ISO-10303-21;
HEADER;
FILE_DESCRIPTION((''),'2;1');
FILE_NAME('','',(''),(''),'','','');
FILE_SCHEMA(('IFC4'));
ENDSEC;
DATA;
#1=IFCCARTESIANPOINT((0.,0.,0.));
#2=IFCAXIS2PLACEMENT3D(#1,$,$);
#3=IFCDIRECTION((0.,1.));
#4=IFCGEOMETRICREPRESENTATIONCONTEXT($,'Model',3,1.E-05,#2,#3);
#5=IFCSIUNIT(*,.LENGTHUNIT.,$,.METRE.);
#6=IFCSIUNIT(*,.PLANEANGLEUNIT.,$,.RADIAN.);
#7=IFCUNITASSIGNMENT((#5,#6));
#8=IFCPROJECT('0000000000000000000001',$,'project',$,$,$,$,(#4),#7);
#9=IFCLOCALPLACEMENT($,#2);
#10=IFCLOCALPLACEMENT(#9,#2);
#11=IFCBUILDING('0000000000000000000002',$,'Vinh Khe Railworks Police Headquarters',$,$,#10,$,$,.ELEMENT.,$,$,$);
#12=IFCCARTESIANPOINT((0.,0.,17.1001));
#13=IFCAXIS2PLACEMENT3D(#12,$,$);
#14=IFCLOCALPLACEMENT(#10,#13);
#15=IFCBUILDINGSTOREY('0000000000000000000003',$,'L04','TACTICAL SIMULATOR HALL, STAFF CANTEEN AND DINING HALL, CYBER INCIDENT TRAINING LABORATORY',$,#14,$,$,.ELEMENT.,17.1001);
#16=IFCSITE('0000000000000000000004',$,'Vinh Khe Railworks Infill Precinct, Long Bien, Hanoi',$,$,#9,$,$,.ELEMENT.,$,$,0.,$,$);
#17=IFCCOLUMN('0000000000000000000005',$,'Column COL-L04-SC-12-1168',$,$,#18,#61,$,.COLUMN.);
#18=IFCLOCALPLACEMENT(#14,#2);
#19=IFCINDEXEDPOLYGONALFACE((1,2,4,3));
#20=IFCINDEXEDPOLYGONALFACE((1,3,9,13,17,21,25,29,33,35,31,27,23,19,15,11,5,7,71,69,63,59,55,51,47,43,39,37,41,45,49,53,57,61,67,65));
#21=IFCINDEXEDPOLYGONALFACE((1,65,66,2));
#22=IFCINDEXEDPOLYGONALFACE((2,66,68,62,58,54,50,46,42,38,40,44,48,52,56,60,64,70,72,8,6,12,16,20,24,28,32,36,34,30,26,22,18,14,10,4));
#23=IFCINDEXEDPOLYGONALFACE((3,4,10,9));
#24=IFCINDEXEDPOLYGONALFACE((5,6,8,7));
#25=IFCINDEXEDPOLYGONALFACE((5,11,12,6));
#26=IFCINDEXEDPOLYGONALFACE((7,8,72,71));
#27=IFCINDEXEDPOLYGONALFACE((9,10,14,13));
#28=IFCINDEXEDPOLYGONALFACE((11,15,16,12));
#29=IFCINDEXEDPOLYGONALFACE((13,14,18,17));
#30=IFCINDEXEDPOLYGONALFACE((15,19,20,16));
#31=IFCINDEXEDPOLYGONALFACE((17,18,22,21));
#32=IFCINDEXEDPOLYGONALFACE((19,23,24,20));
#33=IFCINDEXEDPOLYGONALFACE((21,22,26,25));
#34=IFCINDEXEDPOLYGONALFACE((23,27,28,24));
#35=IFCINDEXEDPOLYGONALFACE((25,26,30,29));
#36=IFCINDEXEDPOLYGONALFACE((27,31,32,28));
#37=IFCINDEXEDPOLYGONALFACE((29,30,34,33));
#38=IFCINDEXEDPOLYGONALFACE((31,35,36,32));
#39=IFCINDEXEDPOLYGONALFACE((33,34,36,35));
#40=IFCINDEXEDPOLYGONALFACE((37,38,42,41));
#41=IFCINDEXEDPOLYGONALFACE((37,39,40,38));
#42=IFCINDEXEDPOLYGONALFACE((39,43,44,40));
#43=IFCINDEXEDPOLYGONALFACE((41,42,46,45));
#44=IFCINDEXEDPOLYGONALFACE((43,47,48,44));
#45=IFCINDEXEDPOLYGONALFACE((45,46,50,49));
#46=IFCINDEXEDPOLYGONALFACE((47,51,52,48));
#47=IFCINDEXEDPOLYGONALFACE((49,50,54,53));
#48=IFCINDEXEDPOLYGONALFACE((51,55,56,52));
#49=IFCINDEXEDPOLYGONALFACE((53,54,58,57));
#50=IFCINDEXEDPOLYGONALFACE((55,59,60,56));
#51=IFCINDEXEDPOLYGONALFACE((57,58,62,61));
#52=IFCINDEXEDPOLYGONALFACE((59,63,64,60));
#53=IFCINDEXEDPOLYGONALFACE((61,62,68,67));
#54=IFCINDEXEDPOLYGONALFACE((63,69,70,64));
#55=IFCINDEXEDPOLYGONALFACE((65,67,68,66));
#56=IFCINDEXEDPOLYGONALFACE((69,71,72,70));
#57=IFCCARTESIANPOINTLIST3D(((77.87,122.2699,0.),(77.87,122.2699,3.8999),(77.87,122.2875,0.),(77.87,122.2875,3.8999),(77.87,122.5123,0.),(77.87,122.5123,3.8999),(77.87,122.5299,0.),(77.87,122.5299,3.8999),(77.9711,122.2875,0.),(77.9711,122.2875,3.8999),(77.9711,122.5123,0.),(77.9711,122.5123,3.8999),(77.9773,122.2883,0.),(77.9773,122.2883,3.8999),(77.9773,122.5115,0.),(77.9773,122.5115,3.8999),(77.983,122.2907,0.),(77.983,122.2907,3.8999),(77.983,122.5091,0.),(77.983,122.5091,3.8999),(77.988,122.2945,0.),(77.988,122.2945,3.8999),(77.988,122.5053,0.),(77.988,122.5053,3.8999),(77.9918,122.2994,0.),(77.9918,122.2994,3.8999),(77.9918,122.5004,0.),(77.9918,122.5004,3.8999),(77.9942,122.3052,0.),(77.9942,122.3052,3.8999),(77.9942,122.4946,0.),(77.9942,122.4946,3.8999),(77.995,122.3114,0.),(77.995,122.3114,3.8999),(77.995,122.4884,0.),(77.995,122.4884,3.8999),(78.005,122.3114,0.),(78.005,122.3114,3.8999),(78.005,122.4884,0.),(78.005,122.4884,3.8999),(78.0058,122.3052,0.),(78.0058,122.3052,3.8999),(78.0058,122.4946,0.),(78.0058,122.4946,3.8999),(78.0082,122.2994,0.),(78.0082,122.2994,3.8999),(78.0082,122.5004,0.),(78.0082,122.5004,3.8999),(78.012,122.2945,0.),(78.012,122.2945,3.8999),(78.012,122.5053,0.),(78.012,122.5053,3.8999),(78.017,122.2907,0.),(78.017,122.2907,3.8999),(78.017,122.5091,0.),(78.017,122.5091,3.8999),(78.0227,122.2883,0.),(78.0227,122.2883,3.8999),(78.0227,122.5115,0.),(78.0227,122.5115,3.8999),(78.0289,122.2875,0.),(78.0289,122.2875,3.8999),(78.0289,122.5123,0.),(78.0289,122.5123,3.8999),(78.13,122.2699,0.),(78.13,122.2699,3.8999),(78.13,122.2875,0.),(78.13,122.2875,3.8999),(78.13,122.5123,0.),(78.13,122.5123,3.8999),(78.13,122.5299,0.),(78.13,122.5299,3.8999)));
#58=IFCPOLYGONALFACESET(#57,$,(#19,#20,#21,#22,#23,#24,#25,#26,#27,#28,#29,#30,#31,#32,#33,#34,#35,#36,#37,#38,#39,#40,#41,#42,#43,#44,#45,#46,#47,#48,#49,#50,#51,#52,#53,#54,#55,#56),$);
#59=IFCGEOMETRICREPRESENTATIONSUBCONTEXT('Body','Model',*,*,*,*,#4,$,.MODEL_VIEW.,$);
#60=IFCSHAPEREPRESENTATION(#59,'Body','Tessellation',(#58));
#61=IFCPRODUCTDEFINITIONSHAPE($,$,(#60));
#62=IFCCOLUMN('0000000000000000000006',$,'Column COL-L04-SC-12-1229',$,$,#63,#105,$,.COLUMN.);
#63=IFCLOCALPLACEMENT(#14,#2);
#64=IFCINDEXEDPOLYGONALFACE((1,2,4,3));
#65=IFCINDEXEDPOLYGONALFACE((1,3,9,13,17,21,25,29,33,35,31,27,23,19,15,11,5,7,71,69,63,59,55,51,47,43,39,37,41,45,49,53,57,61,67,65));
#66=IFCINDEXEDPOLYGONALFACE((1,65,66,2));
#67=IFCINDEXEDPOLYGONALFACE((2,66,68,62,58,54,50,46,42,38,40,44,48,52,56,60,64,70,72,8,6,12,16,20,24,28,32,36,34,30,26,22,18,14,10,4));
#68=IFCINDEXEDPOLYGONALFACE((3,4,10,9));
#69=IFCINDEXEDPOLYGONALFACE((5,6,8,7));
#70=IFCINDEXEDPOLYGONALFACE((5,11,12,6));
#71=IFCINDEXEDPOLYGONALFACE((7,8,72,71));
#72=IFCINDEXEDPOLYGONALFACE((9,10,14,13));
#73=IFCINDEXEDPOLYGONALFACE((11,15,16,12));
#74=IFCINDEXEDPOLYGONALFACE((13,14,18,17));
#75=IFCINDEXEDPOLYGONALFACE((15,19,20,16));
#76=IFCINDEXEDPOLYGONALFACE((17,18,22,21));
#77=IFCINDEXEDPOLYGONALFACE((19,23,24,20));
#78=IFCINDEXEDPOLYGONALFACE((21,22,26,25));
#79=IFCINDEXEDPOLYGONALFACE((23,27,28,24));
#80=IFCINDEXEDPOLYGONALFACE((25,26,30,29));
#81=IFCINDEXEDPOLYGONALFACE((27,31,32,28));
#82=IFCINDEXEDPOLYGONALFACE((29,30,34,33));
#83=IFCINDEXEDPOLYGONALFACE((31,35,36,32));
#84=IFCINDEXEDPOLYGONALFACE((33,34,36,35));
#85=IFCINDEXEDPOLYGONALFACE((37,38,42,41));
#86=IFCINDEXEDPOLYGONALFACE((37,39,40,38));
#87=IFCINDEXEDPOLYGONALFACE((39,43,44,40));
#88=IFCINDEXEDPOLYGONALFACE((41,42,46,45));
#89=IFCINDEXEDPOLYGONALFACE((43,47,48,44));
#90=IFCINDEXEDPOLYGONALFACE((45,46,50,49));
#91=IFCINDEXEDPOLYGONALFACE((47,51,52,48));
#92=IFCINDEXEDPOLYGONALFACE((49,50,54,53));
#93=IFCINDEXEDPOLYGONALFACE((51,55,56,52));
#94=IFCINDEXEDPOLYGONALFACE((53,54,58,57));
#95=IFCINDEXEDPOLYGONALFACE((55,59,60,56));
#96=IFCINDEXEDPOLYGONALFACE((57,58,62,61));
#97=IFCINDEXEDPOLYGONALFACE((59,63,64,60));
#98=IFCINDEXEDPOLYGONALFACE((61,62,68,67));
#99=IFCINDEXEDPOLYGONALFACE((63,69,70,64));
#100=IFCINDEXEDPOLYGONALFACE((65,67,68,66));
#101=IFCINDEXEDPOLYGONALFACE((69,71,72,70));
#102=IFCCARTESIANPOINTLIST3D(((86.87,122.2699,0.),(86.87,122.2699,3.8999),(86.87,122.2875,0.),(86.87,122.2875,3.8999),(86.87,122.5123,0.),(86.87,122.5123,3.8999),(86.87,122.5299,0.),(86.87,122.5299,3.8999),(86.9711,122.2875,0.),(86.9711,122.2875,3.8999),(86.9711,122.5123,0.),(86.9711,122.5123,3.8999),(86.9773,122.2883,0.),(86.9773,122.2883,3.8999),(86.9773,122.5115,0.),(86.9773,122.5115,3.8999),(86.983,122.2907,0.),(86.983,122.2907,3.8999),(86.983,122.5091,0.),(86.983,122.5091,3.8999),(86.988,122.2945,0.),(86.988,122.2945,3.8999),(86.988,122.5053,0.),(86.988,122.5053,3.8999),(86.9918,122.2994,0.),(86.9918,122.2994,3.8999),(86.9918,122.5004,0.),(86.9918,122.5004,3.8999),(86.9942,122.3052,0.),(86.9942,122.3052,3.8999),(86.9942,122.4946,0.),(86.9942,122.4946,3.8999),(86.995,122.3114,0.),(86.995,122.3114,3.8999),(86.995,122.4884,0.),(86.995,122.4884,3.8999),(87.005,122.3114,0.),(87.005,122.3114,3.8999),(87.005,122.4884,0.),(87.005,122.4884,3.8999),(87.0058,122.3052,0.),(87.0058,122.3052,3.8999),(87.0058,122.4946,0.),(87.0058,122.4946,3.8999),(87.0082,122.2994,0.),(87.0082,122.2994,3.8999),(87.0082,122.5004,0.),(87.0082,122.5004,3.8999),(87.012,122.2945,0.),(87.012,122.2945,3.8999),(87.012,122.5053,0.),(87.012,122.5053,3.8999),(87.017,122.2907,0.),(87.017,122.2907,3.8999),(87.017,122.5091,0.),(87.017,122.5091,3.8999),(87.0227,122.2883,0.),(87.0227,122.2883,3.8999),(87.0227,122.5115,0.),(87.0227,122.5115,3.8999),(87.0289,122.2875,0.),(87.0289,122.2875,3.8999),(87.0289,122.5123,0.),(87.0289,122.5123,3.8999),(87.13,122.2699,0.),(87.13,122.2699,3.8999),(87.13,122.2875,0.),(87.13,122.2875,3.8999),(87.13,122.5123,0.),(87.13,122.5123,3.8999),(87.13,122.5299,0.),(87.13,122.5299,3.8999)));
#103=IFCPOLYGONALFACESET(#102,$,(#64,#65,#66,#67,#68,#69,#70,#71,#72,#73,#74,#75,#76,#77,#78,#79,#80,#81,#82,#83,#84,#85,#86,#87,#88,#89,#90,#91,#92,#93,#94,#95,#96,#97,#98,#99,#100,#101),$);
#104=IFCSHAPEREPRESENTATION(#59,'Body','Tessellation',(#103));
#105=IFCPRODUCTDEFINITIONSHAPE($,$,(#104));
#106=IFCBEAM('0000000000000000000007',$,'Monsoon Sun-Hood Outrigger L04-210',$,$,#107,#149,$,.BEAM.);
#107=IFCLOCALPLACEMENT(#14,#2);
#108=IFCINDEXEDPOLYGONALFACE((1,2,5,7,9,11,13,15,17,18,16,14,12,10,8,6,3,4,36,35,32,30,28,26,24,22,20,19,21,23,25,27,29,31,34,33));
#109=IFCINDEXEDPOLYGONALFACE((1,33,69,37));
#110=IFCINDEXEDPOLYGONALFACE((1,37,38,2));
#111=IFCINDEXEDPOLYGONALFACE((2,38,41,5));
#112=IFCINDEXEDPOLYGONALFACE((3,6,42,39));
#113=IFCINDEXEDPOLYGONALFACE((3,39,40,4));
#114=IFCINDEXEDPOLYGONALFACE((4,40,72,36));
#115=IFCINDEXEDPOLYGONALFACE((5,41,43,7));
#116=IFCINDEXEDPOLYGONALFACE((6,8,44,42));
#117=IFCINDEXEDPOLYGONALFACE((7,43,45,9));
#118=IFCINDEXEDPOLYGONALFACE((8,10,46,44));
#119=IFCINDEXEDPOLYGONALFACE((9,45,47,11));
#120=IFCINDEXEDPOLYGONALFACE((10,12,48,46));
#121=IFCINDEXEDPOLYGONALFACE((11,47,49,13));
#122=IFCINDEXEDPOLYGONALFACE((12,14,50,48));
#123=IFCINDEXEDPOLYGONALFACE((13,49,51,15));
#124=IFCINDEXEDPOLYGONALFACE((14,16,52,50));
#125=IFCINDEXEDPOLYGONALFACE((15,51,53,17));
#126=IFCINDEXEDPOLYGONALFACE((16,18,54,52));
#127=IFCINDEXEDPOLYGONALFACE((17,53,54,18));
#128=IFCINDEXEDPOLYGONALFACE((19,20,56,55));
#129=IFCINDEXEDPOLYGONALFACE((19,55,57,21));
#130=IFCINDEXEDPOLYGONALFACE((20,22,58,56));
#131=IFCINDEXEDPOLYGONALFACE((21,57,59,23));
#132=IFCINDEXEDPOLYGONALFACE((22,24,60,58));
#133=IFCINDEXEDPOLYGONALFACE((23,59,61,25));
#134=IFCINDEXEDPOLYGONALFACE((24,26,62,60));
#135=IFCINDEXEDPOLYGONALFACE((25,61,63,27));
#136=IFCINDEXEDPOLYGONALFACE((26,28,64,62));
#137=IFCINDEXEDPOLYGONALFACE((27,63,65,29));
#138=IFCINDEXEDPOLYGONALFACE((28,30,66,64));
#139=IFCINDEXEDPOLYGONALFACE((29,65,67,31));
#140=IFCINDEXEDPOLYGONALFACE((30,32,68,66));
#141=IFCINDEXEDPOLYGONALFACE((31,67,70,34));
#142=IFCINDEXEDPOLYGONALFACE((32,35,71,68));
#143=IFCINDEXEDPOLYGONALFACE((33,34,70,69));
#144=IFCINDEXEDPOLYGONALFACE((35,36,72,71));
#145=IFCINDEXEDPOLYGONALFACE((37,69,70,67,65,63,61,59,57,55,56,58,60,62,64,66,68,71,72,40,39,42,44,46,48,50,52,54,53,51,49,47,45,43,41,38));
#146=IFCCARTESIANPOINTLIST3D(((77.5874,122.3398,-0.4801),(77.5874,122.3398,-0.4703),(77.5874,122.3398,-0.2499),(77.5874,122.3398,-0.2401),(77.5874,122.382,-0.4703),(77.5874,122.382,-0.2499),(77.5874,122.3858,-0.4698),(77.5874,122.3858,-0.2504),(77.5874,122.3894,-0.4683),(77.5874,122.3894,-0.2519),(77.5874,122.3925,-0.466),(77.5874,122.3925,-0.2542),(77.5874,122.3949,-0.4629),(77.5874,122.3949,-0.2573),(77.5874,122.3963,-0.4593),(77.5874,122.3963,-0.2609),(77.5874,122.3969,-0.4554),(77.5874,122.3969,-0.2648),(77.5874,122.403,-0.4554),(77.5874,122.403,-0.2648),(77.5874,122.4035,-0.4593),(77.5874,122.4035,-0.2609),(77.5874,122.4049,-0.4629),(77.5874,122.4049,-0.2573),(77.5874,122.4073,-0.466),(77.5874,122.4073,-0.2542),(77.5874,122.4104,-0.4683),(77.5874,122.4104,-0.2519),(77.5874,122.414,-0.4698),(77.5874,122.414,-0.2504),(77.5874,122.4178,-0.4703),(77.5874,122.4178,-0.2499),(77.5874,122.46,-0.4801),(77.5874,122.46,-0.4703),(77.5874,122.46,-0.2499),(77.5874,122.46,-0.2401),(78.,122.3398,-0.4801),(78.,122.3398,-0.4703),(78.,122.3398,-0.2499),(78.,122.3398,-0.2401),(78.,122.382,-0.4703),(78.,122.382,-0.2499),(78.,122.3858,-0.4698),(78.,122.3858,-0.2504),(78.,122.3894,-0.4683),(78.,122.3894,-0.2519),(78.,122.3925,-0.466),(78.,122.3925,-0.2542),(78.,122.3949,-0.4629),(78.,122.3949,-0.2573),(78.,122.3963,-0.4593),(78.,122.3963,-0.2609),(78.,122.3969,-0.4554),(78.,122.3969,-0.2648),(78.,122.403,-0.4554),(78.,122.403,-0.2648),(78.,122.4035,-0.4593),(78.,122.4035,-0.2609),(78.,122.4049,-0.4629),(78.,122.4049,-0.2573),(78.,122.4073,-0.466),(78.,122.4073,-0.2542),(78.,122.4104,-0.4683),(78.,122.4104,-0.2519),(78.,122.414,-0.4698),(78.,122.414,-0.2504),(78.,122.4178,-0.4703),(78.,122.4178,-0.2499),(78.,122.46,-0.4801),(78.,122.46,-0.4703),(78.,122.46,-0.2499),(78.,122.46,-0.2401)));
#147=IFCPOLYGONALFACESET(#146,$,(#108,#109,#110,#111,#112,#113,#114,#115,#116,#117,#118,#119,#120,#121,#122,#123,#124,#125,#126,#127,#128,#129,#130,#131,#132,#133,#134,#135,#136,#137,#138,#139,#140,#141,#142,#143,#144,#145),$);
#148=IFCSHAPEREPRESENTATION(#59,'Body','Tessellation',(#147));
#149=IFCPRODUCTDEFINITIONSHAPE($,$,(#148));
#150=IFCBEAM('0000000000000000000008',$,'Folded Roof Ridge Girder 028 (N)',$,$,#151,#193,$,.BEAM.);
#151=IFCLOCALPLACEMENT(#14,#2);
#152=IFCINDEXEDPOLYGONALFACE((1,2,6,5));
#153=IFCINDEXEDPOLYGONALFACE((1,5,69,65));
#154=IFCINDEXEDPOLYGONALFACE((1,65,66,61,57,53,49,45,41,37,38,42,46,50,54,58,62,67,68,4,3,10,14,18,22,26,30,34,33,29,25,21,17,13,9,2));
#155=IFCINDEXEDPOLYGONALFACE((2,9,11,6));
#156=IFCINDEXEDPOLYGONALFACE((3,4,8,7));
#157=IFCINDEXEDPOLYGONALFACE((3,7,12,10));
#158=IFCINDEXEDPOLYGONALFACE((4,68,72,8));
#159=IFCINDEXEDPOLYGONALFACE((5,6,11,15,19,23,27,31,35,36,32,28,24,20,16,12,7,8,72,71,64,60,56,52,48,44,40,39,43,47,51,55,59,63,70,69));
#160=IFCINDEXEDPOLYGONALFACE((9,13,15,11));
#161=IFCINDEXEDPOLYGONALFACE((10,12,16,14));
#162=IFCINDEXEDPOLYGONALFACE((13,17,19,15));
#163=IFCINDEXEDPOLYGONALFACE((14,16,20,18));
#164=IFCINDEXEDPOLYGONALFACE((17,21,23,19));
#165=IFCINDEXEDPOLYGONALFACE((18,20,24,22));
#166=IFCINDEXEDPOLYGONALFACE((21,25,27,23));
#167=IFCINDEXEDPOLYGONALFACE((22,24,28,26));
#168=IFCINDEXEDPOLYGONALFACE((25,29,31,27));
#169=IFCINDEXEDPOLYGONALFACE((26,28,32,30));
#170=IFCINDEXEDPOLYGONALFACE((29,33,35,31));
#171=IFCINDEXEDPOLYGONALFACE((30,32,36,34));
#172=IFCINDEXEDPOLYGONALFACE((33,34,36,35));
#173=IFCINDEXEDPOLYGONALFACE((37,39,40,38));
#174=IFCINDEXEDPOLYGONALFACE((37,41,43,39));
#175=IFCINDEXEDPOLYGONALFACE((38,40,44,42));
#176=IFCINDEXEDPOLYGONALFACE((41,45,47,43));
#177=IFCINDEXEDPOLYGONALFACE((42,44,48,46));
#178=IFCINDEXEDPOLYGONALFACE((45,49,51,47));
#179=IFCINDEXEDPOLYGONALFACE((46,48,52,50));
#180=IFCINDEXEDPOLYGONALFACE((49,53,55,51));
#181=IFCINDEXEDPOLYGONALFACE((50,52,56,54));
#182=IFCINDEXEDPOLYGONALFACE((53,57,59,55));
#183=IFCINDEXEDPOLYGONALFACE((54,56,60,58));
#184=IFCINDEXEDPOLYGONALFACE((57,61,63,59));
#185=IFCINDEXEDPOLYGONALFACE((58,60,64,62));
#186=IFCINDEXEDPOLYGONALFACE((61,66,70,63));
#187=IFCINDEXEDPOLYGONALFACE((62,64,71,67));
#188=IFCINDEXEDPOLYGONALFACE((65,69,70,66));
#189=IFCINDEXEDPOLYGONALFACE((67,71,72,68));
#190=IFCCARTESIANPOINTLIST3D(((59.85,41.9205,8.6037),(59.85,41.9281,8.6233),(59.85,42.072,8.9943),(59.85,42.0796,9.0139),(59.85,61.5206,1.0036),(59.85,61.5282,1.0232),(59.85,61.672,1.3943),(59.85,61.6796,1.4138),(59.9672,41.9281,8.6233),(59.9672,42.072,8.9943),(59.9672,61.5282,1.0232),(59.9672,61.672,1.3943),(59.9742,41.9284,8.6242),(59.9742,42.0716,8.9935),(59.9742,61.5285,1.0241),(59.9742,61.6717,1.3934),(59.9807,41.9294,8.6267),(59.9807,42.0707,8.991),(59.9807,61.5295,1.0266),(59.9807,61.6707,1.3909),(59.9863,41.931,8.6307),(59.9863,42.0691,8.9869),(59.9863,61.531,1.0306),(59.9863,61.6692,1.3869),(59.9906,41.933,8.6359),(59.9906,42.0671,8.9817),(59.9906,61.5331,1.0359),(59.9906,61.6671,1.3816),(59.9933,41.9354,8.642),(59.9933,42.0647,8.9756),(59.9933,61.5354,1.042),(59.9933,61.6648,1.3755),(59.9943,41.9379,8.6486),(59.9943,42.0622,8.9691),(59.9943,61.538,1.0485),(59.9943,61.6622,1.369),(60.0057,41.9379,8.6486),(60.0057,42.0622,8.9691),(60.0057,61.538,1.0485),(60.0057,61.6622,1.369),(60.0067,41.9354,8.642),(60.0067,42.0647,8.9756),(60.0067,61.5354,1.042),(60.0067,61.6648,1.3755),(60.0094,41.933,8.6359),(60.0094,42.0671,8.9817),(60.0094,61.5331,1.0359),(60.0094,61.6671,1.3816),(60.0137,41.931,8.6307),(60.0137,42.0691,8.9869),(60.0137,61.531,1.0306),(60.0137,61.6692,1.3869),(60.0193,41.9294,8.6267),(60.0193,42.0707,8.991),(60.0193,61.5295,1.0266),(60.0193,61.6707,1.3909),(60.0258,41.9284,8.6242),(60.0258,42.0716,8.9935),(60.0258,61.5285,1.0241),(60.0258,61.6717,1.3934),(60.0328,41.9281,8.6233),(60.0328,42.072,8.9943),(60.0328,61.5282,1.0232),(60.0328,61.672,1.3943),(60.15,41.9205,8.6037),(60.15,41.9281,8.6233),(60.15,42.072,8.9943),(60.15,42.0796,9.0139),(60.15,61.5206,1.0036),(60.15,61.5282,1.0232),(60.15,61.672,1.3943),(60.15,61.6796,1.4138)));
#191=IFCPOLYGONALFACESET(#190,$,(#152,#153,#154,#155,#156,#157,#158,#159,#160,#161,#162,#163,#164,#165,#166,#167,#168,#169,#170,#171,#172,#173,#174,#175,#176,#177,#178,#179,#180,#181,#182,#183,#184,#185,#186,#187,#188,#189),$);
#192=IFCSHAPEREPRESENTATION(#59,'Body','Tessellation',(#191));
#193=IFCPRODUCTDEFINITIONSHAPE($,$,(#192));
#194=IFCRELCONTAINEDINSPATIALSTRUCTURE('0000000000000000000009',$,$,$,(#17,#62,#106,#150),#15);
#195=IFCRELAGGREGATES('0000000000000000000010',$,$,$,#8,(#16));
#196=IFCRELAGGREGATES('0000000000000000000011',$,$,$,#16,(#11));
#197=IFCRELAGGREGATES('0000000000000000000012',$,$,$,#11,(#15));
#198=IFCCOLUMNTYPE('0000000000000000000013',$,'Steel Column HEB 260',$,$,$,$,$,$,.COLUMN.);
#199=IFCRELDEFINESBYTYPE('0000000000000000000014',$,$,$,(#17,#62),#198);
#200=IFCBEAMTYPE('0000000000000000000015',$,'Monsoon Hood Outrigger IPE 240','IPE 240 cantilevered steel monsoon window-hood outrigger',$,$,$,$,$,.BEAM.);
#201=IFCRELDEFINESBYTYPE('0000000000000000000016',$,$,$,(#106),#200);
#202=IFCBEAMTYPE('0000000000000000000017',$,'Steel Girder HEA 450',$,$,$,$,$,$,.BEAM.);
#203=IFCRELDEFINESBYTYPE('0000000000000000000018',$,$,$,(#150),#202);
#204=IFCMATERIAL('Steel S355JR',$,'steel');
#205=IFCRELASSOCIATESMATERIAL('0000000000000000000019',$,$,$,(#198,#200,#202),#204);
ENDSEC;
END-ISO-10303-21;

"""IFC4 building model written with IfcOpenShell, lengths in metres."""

from ifc_helpers import new_model, si_unit, direction, frame, origin, origin_2d, place, context, subcontext, project, spatial, i_section, extrude, material, material_profile, profile_set, type_object, element, save


model = new_model("IFC4")

# Units and contexts
model_context = context("Model", 3, precision=1e-05, world=origin(), true_north=direction((0.0, 1.0)))
body_context = subcontext(model_context, "Body", "Model", "MODEL_VIEW")
ifc_project = project(units=[si_unit("LENGTHUNIT", "METRE"), si_unit("PLANEANGLEUNIT", "RADIAN")], contexts=[model_context])

# Site, building, storey
site_placement = place(None, origin())
site = spatial("IfcSite", under=ifc_project, at=site_placement, Name="Vinh Khe Railworks Infill Precinct, Long Bien, Hanoi", CompositionType="ELEMENT", RefElevation=0.0)
building_placement = place(site_placement, origin())
building = spatial("IfcBuilding", under=site, at=building_placement, Name="Vinh Khe Railworks Police Headquarters", CompositionType="ELEMENT")
storey_placement = place(building_placement, frame((0.0, 0.0, 17.1001)))
storey = spatial("IfcBuildingStorey", under=building, at=storey_placement, Name="L04", Description="TACTICAL SIMULATOR HALL, STAFF CANTEEN AND DINING HALL, CYBER INCIDENT TRAINING LABORATORY", CompositionType="ELEMENT", Elevation=17.1001)

# Columns
ifc_material_1 = material(Name="Steel S355JR", Category="steel")
ifc_material_profile_1 = material_profile(ifc_material_1, i_section(OverallWidth=0.26, OverallDepth=0.26, WebThickness=0.01, FlangeThickness=0.0176, FilletRadius=0.0239, at=origin_2d()), Name="HEB 260")
ifc_profile_set_1 = profile_set([ifc_material_profile_1], Name="Steel S355JR")
column_type = type_object("IfcColumnType", Name="Steel Column HEB 260", PredefinedType="COLUMN", material=ifc_profile_set_1)
for number, where, z_axis, x_axis, name in (
    (1, (78.0, 122.3999, 0.0), (0.0, 0.0, 1.0), (1.0, 0.0, 0.0), "Column COL-L04-SC-12-1168"),
    (2, (87.0, 122.3999, 0.0), (0.0, 0.0, 1.0), (1.0, 0.0, 0.0), "Column COL-L04-SC-12-1229"),
):
    element("IfcColumn", number, at=place(storey_placement, frame(where, z_axis=z_axis, x_axis=x_axis)), inside=storey, type_object=column_type, Name=name, PredefinedType="COLUMN", context=body_context, shape_type="SweptSolid", body=[
        extrude(i_section(OverallWidth=0.26, OverallDepth=0.26, WebThickness=0.01, FlangeThickness=0.0176, FilletRadius=0.0239, at=origin_2d()), origin(), (0.0, 0.0, 1.0), 3.8999),
    ])

# Beams
ifc_material_profile_2 = material_profile(ifc_material_1, i_section(OverallWidth=0.1201, OverallDepth=0.24, WebThickness=0.0061, FlangeThickness=0.0098, FilletRadius=0.0149, at=origin_2d()), Name="IPE 240")
ifc_profile_set_2 = profile_set([ifc_material_profile_2], Name="Steel S355JR")
beam_type_1 = type_object("IfcBeamType", Name="Monsoon Hood Outrigger IPE 240", Description="IPE 240 cantilevered steel monsoon window-hood outrigger", PredefinedType="BEAM", material=ifc_profile_set_2)
beam_1_placement = place(storey_placement, frame((77.5874, 122.3999, -0.3601), z_axis=(1.0, 0.0, 0.0), x_axis=(0.0, 1.0, 0.0)))
element("IfcBeam", 3, at=beam_1_placement, inside=storey, type_object=beam_type_1, Name="Monsoon Sun-Hood Outrigger L04-210", PredefinedType="BEAM", context=body_context, shape_type="SweptSolid", body=[
    extrude(i_section(OverallWidth=0.1201, OverallDepth=0.24, WebThickness=0.0061, FlangeThickness=0.0098, FilletRadius=0.0149, at=origin_2d()), origin(), (0.0, 0.0, 1.0), 0.4126),
])
ifc_material_profile_3 = material_profile(ifc_material_1, i_section(OverallWidth=0.3, OverallDepth=0.4399, WebThickness=0.0115, FlangeThickness=0.021, FilletRadius=0.0271, at=origin_2d()), Name="HEA 450")
ifc_profile_set_3 = profile_set([ifc_material_profile_3], Name="Steel S355JR")
beam_type_2 = type_object("IfcBeamType", Name="Steel Girder HEA 450", PredefinedType="BEAM", material=ifc_profile_set_3)
beam_2_placement = place(storey_placement, frame((60.0, 61.6001, 1.2087), z_axis=(0.0, -0.93236, 0.36153), x_axis=(1.0, 0.0, 0.0)))
element("IfcBeam", 4, at=beam_2_placement, inside=storey, type_object=beam_type_2, Name="Folded Roof Ridge Girder 028 (N)", PredefinedType="BEAM", context=body_context, shape_type="SweptSolid", body=[
    extrude(i_section(OverallWidth=0.3, OverallDepth=0.4399, WebThickness=0.0115, FlangeThickness=0.021, FilletRadius=0.0271, at=origin_2d()), origin(), (0.0, 0.0, 1.0), 21.022),
])

save(model, "model.ifc")
